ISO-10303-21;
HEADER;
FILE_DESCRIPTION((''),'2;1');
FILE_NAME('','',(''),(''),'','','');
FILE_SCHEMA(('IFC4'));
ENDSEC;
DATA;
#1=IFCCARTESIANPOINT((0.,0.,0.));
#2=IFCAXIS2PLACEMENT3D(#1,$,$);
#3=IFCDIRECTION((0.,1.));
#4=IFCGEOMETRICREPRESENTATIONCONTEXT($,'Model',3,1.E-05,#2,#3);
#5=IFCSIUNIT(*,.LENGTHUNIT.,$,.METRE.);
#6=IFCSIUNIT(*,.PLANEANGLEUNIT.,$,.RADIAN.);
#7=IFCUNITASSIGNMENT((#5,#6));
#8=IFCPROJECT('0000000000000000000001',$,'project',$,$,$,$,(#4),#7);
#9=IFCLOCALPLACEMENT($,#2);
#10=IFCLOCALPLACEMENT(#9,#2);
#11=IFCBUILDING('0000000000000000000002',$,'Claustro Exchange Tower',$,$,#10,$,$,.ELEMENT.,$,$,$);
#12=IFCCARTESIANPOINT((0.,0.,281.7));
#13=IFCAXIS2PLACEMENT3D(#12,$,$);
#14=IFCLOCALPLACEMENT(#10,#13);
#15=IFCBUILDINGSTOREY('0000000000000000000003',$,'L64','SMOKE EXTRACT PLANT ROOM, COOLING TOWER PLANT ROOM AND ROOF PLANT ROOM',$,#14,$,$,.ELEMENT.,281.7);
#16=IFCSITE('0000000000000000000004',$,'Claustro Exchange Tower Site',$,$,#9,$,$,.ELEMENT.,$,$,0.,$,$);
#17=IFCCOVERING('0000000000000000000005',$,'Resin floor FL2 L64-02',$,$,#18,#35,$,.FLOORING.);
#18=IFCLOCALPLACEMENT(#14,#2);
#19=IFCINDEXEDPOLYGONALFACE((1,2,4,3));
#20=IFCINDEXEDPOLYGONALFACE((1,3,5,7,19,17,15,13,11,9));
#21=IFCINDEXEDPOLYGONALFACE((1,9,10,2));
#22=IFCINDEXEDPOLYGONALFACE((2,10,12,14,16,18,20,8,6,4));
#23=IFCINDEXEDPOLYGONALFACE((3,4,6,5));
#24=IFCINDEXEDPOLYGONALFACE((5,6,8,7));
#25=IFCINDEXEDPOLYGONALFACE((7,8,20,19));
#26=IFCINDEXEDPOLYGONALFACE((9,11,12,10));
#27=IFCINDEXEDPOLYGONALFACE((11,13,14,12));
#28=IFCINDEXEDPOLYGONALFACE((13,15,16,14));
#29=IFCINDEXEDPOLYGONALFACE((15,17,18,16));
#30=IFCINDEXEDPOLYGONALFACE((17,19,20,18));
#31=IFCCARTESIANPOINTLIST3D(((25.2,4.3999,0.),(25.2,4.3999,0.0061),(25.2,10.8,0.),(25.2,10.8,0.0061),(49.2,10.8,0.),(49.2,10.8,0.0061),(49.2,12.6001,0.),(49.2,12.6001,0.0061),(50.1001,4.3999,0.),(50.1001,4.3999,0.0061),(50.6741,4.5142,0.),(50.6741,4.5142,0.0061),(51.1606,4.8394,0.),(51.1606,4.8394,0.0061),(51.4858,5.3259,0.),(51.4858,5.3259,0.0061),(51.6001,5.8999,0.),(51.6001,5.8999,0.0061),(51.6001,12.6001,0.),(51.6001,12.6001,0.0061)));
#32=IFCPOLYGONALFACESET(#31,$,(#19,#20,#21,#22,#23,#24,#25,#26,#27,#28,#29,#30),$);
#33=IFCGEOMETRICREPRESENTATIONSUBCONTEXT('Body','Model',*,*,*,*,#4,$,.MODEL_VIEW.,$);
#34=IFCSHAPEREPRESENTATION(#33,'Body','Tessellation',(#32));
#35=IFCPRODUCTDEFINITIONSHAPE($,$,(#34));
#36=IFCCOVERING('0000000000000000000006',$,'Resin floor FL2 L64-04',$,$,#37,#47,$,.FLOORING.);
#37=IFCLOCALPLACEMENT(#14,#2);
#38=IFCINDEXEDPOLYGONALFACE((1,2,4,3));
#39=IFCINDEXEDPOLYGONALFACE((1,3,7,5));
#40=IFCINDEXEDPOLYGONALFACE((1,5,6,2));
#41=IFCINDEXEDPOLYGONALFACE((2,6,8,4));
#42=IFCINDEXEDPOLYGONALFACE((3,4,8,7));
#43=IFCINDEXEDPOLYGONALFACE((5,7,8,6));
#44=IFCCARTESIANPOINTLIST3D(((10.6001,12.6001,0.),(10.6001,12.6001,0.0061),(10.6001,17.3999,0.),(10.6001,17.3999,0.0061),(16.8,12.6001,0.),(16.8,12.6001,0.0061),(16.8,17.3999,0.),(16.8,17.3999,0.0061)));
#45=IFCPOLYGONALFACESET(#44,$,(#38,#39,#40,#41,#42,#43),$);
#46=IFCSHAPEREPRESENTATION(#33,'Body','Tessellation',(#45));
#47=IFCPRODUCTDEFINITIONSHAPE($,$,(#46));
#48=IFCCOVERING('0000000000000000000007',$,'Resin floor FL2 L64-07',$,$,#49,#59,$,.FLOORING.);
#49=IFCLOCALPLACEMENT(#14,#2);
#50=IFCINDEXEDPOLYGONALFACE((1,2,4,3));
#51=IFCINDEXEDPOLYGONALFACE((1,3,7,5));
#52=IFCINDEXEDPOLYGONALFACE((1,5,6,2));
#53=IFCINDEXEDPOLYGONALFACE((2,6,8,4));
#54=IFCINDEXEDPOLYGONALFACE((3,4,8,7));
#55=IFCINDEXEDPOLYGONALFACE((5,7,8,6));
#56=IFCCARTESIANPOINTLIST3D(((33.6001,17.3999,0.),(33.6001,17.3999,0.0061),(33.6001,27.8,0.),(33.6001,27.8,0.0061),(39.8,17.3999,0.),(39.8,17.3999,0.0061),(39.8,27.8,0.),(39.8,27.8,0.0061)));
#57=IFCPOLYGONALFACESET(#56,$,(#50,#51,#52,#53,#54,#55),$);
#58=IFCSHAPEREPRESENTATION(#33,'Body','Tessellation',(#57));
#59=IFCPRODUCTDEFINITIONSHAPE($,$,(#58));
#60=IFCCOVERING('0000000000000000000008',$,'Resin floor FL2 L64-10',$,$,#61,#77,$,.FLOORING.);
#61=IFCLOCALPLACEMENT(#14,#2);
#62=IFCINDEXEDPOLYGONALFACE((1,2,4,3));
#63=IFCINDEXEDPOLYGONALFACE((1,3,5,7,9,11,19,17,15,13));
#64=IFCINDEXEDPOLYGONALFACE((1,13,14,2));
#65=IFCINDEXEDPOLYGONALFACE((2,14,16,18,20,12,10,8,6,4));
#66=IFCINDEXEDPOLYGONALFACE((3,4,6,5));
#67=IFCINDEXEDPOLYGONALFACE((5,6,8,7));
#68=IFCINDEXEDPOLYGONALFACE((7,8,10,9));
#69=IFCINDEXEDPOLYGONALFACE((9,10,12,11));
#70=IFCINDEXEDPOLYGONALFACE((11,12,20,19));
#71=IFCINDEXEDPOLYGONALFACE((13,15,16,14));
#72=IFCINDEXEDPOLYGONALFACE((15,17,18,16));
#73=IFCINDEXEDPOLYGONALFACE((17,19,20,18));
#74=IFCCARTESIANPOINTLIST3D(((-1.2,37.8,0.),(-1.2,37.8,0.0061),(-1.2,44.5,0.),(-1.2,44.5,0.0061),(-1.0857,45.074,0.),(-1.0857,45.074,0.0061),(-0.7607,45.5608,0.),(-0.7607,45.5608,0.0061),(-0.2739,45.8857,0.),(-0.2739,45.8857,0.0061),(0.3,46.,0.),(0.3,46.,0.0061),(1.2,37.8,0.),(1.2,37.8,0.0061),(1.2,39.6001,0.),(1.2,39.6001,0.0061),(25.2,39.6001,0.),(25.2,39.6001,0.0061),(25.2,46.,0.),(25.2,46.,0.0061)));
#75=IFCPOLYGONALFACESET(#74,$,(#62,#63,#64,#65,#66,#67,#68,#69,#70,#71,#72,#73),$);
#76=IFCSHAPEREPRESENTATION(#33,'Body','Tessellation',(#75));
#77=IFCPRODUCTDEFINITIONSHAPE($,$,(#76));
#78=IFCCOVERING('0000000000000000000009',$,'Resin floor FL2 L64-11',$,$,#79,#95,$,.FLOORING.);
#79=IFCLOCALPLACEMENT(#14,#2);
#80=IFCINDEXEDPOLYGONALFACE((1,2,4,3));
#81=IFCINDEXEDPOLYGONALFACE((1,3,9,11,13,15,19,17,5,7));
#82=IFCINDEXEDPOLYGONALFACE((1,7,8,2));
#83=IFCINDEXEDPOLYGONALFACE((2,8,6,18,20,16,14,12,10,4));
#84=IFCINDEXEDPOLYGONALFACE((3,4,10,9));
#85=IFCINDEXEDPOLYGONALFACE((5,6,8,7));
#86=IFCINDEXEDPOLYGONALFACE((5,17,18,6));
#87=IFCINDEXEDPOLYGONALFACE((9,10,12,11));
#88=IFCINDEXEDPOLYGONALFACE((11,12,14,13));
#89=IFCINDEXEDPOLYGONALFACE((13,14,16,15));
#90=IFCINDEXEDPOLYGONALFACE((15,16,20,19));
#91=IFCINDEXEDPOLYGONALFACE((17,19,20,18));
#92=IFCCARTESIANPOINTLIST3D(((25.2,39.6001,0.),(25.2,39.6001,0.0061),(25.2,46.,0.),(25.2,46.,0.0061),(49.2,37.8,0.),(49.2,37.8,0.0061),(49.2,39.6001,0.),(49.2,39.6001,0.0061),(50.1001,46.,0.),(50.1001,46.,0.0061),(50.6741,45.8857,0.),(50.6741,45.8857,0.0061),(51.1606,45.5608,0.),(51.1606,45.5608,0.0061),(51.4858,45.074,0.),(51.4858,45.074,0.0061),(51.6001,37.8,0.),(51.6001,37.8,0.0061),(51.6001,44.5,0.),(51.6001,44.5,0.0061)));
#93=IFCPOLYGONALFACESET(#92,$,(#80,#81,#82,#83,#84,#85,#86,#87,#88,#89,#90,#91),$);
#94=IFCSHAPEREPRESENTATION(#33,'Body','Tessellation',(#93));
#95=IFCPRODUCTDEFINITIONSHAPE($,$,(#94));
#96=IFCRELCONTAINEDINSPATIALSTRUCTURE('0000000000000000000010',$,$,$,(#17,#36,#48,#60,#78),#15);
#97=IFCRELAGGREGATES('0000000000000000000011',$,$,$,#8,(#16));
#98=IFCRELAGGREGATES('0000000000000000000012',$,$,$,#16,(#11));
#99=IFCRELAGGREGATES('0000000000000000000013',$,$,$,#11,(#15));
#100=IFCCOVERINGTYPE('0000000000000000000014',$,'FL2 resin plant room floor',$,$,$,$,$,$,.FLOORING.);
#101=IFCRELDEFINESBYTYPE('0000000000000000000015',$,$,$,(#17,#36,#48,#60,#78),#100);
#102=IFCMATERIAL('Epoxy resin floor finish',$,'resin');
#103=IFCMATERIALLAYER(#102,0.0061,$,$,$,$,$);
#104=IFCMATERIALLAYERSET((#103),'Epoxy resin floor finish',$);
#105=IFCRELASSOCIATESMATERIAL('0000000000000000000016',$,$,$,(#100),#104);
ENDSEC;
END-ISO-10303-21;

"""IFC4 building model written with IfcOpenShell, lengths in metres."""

from ifc_helpers import new_model, si_unit, direction, frame, origin, place, context, subcontext, project, spatial, polyline, outline, extrude, material, layer, layer_set, type_object, element, save


model = new_model("IFC4")

# Units and contexts
model_context = context("Model", 3, precision=1e-05, world=origin(), true_north=direction((0.0, 1.0)))
body_context = subcontext(model_context, "Body", "Model", "MODEL_VIEW")
ifc_project = project(units=[si_unit("LENGTHUNIT", "METRE"), si_unit("PLANEANGLEUNIT", "RADIAN")], contexts=[model_context])

# Site, building, storey
site_placement = place(None, origin())
site = spatial("IfcSite", under=ifc_project, at=site_placement, Name="Claustro Exchange Tower Site", CompositionType="ELEMENT", RefElevation=0.0)
building_placement = place(site_placement, origin())
building = spatial("IfcBuilding", under=site, at=building_placement, Name="Claustro Exchange Tower", CompositionType="ELEMENT")
storey_placement = place(building_placement, frame((0.0, 0.0, 281.7)))
storey = spatial("IfcBuildingStorey", under=building, at=storey_placement, Name="L64", Description="SMOKE EXTRACT PLANT ROOM, COOLING TOWER PLANT ROOM AND ROOF PLANT ROOM", CompositionType="ELEMENT", Elevation=281.7)

# Coverings
ifc_material_1 = material(Name="Epoxy resin floor finish", Category="resin")
ifc_layer_1 = layer(ifc_material_1, 0.0061)
ifc_layer_set_1 = layer_set([ifc_layer_1], Name="Epoxy resin floor finish")
covering_type = type_object("IfcCoveringType", Name="FL2 resin plant room floor", PredefinedType="FLOORING", material=ifc_layer_set_1)
covering_1_placement = place(storey_placement, origin())
element("IfcCovering", 1, at=covering_1_placement, inside=storey, type_object=covering_type, Name="Resin floor FL2 L64-02", PredefinedType="FLOORING", context=body_context, shape_type="SweptSolid", body=[
    extrude(outline(polyline([(51.6001, 12.6001), (49.2, 12.6001), (49.2, 10.8), (25.2, 10.8), (25.2, 4.3999), (50.1001, 4.3999), (50.6741, 4.5142), (51.1606, 4.8394), (51.4858, 5.3259), (51.6001, 5.8999), (51.6001, 12.6001)])), origin(), (0.0, 0.0, 1.0), 0.0061),
])
covering_2_placement = place(storey_placement, origin())
element("IfcCovering", 2, at=covering_2_placement, inside=storey, type_object=covering_type, Name="Resin floor FL2 L64-04", PredefinedType="FLOORING", context=body_context, shape_type="SweptSolid", body=[
    extrude(outline(polyline([(16.8, 17.3999), (10.6001, 17.3999), (10.6001, 12.6001), (16.8, 12.6001), (16.8, 17.3999)])), origin(), (0.0, 0.0, 1.0), 0.0061),
])
covering_3_placement = place(storey_placement, origin())
element("IfcCovering", 3, at=covering_3_placement, inside=storey, type_object=covering_type, Name="Resin floor FL2 L64-07", PredefinedType="FLOORING", context=body_context, shape_type="SweptSolid", body=[
    extrude(outline(polyline([(39.8, 17.3999), (39.8, 27.8), (33.6001, 27.8), (33.6001, 17.3999), (39.8, 17.3999)])), origin(), (0.0, 0.0, 1.0), 0.0061),
])
covering_4_placement = place(storey_placement, origin())
element("IfcCovering", 4, at=covering_4_placement, inside=storey, type_object=covering_type, Name="Resin floor FL2 L64-10", PredefinedType="FLOORING", context=body_context, shape_type="SweptSolid", body=[
    extrude(outline(polyline([(-1.2, 44.5), (-1.2, 37.8), (1.2, 37.8), (1.2, 39.6001), (25.2, 39.6001), (25.2, 46.0), (0.3, 46.0), (-0.2739, 45.8857), (-0.7607, 45.5608), (-1.0857, 45.074), (-1.2, 44.5)])), origin(), (0.0, 0.0, 1.0), 0.0061),
])
covering_5_placement = place(storey_placement, origin())
element("IfcCovering", 5, at=covering_5_placement, inside=storey, type_object=covering_type, Name="Resin floor FL2 L64-11", PredefinedType="FLOORING", context=body_context, shape_type="SweptSolid", body=[
    extrude(outline(polyline([(50.1001, 46.0), (25.2, 46.0), (25.2, 39.6001), (49.2, 39.6001), (49.2, 37.8), (51.6001, 37.8), (51.6001, 44.5), (51.4858, 45.074), (51.1606, 45.5608), (50.6741, 45.8857), (50.1001, 46.0)])), origin(), (0.0, 0.0, 1.0), 0.0061),
])

save(model, "model.ifc")
